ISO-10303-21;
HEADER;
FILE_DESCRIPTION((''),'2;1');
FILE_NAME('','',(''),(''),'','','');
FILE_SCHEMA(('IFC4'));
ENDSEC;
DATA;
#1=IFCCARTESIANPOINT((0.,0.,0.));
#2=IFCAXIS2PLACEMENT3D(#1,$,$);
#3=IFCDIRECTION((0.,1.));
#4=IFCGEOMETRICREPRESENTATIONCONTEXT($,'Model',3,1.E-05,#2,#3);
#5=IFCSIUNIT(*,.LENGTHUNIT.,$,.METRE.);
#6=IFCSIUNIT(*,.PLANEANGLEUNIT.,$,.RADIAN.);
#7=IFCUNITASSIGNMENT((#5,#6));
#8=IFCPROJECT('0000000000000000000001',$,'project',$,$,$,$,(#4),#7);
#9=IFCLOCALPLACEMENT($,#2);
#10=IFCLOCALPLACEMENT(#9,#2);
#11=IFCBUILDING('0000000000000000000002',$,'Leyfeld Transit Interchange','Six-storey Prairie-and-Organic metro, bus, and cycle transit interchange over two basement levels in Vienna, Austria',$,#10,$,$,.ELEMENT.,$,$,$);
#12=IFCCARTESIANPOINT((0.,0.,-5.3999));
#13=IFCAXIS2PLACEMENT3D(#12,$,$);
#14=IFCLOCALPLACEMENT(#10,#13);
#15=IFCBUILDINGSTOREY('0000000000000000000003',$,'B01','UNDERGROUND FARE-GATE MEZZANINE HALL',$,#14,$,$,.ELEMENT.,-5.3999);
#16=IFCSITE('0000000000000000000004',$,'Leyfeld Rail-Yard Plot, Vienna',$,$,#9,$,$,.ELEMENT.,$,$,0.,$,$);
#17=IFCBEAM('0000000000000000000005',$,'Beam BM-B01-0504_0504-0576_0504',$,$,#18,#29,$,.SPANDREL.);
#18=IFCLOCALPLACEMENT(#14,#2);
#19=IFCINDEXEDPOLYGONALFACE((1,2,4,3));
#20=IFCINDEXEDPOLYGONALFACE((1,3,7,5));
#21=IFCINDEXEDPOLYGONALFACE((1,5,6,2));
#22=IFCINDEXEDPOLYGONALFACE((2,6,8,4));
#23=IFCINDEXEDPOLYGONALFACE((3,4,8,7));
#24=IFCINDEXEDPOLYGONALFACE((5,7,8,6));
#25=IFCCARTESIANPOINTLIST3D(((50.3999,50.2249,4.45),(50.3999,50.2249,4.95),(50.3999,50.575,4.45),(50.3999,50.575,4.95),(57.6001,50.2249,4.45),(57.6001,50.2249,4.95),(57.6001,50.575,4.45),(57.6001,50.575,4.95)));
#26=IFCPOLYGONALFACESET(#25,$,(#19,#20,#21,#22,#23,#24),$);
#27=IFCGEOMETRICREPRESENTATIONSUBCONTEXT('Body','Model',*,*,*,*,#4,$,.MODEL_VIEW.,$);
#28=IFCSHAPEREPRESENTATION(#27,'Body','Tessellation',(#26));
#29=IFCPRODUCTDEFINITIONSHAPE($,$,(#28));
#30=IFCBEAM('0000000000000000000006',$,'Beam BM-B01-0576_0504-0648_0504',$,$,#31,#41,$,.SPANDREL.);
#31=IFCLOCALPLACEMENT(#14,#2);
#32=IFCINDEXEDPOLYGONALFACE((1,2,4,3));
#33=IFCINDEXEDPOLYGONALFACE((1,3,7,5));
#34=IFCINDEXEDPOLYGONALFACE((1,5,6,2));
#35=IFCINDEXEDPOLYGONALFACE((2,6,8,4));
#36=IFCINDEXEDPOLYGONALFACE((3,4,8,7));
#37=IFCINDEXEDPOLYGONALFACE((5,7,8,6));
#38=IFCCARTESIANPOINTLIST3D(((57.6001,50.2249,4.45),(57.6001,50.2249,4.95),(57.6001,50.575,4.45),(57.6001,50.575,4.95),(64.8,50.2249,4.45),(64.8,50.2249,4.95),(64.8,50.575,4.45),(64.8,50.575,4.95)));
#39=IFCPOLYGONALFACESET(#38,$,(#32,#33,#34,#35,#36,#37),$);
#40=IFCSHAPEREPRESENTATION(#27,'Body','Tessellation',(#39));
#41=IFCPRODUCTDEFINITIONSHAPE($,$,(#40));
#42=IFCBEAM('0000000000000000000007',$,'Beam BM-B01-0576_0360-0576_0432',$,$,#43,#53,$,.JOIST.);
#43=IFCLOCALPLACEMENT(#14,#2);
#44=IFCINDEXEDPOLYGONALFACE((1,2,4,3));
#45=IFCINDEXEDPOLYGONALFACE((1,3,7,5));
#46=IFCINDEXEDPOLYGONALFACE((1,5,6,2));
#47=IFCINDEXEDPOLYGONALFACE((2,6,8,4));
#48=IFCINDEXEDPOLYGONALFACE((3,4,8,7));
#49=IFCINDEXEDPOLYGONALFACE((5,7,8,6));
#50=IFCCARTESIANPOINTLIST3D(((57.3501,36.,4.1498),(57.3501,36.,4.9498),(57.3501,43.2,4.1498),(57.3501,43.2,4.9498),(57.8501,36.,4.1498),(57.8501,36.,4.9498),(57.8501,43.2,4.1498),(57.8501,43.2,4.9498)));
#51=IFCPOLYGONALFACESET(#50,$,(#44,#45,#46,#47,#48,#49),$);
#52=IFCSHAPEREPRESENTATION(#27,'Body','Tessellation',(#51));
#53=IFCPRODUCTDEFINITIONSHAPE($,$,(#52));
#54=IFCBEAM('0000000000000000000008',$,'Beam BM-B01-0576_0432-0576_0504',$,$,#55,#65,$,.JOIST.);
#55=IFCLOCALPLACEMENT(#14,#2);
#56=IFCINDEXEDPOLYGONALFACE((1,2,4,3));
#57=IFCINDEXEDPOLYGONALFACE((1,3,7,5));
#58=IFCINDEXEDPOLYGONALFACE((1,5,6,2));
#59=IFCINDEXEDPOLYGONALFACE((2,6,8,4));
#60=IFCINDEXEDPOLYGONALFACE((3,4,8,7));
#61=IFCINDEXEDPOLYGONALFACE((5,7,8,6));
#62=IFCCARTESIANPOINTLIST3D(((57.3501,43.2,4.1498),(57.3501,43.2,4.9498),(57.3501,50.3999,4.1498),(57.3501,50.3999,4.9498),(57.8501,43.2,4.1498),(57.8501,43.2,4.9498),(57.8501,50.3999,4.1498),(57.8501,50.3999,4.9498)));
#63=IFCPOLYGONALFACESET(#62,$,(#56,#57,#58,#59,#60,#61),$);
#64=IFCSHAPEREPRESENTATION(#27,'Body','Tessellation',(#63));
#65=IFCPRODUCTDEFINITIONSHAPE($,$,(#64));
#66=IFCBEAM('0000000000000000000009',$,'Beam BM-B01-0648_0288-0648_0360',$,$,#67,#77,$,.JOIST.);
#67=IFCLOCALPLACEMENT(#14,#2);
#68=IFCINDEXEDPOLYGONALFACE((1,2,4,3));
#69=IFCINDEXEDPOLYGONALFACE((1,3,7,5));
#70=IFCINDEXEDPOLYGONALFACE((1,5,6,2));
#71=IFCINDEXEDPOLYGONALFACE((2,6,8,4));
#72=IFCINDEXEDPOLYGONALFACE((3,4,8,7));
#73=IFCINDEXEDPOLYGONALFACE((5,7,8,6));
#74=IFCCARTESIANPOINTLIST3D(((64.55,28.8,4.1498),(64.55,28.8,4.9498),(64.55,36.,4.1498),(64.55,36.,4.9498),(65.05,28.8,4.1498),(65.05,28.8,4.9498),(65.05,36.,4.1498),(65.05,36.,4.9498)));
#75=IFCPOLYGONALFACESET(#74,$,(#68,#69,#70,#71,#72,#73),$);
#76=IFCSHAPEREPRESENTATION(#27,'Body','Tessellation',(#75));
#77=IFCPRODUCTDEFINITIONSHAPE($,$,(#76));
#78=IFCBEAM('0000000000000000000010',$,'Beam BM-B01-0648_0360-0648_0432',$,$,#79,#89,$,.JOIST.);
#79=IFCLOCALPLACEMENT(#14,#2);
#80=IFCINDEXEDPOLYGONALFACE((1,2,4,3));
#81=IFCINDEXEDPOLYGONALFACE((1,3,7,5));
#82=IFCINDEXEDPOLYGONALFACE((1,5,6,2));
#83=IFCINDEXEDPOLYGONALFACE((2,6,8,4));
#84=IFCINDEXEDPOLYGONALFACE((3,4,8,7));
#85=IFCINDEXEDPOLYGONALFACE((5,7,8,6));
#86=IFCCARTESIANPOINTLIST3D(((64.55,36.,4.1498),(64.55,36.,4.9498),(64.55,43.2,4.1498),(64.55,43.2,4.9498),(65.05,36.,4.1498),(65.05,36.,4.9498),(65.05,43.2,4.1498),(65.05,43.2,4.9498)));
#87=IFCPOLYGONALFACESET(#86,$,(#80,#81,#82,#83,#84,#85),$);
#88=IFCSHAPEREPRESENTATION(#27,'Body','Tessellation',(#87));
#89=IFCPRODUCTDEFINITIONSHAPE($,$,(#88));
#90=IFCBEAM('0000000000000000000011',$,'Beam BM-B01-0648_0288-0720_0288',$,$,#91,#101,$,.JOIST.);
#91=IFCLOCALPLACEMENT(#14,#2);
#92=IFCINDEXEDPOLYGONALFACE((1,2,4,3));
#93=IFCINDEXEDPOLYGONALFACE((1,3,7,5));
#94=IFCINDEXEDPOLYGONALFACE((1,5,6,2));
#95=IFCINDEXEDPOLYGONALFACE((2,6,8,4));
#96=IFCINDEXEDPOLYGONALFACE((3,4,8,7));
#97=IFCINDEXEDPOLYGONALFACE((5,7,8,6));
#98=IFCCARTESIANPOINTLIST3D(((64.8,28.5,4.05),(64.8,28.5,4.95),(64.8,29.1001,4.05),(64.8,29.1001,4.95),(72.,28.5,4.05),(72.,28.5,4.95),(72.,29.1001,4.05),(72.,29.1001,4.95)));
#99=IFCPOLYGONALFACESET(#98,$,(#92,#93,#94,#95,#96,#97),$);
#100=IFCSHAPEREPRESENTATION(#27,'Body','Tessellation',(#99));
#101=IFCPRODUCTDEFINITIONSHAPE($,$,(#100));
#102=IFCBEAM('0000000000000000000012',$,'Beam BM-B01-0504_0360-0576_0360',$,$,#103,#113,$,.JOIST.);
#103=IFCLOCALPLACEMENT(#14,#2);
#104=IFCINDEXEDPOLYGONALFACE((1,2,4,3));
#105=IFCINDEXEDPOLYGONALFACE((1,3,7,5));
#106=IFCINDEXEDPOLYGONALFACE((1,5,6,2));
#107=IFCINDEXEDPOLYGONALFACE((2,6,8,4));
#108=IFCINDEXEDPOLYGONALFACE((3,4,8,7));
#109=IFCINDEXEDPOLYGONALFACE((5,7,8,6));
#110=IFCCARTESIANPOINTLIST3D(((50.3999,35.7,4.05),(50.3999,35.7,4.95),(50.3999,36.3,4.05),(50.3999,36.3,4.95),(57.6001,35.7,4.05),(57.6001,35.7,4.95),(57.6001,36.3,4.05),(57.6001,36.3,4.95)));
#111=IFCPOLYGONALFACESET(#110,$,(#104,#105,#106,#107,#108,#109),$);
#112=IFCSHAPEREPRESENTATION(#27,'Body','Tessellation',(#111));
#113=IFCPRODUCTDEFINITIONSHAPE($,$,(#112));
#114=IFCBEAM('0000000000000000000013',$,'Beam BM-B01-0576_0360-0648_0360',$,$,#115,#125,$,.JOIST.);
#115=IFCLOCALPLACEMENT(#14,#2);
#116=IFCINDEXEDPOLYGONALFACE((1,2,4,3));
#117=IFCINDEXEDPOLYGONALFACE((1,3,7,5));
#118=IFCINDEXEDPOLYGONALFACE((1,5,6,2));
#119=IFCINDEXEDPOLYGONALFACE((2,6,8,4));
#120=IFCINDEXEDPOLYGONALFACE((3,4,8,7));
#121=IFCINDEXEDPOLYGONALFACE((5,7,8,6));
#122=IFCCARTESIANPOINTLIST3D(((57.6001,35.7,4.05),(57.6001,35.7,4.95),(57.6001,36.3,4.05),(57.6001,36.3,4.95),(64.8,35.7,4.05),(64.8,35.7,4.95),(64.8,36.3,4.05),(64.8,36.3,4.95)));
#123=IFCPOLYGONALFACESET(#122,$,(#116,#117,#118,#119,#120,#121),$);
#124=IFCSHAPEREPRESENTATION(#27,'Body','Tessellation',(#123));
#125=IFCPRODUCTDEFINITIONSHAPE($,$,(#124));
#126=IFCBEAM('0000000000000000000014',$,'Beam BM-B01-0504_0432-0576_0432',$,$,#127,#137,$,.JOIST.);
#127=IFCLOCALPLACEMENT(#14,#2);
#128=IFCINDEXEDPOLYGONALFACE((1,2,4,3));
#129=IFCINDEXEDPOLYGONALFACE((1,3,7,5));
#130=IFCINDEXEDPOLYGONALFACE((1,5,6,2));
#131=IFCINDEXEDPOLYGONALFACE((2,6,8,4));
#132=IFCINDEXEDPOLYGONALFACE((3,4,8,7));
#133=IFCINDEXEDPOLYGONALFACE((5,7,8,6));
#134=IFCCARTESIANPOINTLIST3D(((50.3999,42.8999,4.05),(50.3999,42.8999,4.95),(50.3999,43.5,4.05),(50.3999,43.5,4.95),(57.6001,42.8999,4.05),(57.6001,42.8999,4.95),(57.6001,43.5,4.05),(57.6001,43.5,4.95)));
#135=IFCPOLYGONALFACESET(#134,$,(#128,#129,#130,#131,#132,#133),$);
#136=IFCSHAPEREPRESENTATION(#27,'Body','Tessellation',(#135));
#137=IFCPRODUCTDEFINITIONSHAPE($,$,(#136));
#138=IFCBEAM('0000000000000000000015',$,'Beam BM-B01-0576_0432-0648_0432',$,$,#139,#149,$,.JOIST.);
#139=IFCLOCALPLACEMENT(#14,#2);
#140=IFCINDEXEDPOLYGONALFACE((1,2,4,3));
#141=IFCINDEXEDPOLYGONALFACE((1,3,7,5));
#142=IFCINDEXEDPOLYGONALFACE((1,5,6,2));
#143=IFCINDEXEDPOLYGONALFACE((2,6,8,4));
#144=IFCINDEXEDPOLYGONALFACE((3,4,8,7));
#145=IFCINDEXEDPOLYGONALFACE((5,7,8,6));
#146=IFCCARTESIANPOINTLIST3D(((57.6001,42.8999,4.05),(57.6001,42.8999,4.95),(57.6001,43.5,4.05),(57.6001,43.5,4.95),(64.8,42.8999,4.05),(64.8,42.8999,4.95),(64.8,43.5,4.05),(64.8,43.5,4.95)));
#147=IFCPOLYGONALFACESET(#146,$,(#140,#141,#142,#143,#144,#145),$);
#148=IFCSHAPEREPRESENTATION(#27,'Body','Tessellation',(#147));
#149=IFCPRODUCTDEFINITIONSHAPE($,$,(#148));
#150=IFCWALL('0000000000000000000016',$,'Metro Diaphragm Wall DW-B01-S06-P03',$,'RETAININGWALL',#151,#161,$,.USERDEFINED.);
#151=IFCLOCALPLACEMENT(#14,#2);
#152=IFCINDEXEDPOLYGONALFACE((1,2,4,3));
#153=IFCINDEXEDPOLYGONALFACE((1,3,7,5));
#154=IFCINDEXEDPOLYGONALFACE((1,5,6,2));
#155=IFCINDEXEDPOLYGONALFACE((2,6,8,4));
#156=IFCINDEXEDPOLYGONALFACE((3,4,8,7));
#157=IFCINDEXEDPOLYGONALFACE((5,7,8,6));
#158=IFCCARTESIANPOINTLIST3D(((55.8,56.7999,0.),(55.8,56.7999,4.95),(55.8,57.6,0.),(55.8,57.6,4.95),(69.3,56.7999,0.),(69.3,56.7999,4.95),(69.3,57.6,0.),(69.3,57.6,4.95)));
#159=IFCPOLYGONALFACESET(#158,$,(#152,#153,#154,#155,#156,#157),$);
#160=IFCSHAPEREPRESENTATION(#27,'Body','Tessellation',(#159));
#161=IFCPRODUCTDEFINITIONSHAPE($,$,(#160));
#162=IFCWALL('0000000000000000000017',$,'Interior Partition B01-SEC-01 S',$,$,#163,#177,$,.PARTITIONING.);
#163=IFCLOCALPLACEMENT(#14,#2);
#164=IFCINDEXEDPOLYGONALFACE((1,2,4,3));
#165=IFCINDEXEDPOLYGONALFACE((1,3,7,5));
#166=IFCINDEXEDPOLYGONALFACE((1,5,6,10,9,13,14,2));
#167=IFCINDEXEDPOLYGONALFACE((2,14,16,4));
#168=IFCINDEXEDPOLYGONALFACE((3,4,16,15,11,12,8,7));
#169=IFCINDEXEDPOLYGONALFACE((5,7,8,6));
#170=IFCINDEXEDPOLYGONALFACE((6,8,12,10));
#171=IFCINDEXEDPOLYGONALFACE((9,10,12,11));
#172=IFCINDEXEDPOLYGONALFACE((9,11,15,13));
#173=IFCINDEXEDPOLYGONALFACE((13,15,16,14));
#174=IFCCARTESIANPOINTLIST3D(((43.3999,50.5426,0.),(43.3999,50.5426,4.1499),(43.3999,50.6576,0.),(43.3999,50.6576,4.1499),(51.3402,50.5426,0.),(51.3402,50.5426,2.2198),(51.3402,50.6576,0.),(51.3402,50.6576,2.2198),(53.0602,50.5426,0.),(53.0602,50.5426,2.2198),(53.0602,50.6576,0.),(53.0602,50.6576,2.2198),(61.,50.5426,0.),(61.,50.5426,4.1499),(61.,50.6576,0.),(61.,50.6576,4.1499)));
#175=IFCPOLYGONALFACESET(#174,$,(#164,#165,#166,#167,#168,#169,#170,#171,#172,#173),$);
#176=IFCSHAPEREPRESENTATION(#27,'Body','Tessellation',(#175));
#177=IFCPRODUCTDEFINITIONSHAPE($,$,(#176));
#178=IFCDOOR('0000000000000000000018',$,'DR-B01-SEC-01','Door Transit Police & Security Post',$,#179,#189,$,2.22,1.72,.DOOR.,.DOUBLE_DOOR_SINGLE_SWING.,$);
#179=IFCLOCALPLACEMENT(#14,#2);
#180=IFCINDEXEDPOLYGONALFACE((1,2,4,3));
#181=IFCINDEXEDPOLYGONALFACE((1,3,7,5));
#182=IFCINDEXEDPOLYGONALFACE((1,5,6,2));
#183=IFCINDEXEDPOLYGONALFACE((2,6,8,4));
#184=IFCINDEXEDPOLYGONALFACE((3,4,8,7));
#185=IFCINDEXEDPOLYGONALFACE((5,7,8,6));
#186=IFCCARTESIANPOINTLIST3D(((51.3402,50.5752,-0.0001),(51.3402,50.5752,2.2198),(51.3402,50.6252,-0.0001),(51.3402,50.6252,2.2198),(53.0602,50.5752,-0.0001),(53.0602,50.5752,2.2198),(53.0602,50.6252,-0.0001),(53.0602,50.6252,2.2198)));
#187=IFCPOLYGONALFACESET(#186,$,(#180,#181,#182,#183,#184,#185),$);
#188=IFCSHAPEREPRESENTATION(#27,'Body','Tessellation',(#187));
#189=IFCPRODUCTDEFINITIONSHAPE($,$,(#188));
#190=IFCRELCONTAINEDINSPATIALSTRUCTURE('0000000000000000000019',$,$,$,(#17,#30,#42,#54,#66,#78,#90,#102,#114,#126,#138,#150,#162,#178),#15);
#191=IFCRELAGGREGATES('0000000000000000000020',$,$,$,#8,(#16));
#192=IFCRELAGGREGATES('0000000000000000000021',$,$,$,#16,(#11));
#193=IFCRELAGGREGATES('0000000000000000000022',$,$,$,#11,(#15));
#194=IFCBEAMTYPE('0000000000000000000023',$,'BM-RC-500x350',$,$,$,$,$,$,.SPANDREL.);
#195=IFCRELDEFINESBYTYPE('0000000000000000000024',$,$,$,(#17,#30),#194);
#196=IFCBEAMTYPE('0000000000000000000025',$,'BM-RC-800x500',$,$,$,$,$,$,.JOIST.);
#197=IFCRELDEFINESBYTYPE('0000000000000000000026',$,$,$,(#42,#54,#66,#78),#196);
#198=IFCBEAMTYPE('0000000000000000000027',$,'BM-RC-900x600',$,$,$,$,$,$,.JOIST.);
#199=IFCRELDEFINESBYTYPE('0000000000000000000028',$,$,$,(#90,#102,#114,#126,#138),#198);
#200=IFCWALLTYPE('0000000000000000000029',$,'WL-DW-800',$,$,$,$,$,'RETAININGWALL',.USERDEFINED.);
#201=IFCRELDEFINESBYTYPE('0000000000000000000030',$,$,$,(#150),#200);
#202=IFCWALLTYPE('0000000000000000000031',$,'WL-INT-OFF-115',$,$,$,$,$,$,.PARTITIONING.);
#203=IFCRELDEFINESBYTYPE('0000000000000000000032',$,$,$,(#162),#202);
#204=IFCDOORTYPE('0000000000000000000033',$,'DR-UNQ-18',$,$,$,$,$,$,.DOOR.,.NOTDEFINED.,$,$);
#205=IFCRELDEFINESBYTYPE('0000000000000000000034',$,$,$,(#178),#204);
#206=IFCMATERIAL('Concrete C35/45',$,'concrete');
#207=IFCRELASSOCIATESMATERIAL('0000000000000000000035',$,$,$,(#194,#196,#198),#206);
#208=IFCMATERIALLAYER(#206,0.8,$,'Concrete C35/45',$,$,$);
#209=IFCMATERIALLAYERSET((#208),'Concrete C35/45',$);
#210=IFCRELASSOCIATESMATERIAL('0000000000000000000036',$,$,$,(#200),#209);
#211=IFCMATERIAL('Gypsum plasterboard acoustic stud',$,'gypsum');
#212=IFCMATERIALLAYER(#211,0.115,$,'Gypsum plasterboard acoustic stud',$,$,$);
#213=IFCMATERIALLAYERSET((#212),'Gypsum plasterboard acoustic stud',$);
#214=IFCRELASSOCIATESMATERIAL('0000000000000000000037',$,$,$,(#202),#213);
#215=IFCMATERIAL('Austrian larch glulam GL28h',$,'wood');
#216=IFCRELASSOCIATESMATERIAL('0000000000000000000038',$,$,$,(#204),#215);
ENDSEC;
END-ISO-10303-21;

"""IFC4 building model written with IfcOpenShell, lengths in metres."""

from ifc_helpers import new_model, si_unit, direction, frame, frame_2d, origin, origin_2d, place, context, subcontext, project, spatial, rectangle, extrude, material, layer, layer_set, material_profile, profile_set, type_object, element, fill, save


model = new_model("IFC4")

# Units and contexts
model_context = context("Model", 3, precision=1e-05, world=origin(), true_north=direction((0.0, 1.0)))
body_context = subcontext(model_context, "Body", "Model", "MODEL_VIEW")
ifc_project = project(units=[si_unit("LENGTHUNIT", "METRE"), si_unit("PLANEANGLEUNIT", "RADIAN")], contexts=[model_context])

# Site, building, storey
site_placement = place(None, origin())
site = spatial("IfcSite", under=ifc_project, at=site_placement, Name="Leyfeld Rail-Yard Plot, Vienna", CompositionType="ELEMENT", RefElevation=0.0)
building_placement = place(site_placement, origin())
building = spatial("IfcBuilding", under=site, at=building_placement, Name="Leyfeld Transit Interchange", Description="Six-storey Prairie-and-Organic metro, bus, and cycle transit interchange over two basement levels in Vienna, Austria", CompositionType="ELEMENT")
storey_placement = place(building_placement, frame((0.0, 0.0, -5.3999)))
storey = spatial("IfcBuildingStorey", under=building, at=storey_placement, Name="B01", Description="UNDERGROUND FARE-GATE MEZZANINE HALL", CompositionType="ELEMENT", Elevation=-5.3999)

# Shared definitions
ifc_material_1 = material(Name="Concrete C35/45", Category="concrete")

# Beams
ifc_material_profile_1 = material_profile(ifc_material_1, rectangle(XDim=0.3501, YDim=0.5, at=origin_2d()), Name="RC 500x350")
ifc_profile_set_1 = profile_set([ifc_material_profile_1], Name="Concrete C35/45")
beam_type_1 = type_object("IfcBeamType", Name="BM-RC-500x350", PredefinedType="SPANDREL", material=ifc_profile_set_1)
beam_1_placement = place(storey_placement, frame((50.3999, 50.3999, 4.7), z_axis=(1.0, 0.0, 0.0), x_axis=(0.0, 1.0, 0.0)))
element("IfcBeam", 1, at=beam_1_placement, inside=storey, type_object=beam_type_1, Name="Beam BM-B01-0504_0504-0576_0504", PredefinedType="SPANDREL", context=body_context, shape_type="SweptSolid", body=[
    extrude(rectangle(XDim=0.3501, YDim=0.5, at=origin_2d()), origin(), (0.0, 0.0, 1.0), 7.2002),
])
beam_2_placement = place(storey_placement, frame((57.6001, 50.3999, 4.7), z_axis=(1.0, 0.0, 0.0), x_axis=(0.0, 1.0, 0.0)))
element("IfcBeam", 2, at=beam_2_placement, inside=storey, type_object=beam_type_1, Name="Beam BM-B01-0576_0504-0648_0504", PredefinedType="SPANDREL", context=body_context, shape_type="SweptSolid", body=[
    extrude(rectangle(XDim=0.3501, YDim=0.5, at=origin_2d()), origin(), (0.0, 0.0, 1.0), 7.2),
])
ifc_material_profile_2 = material_profile(ifc_material_1, rectangle(XDim=0.5, YDim=0.8, at=origin_2d()), Name="RC 800x500")
ifc_profile_set_2 = profile_set([ifc_material_profile_2], Name="Concrete C35/45")
beam_type_2 = type_object("IfcBeamType", Name="BM-RC-800x500", PredefinedType="JOIST", material=ifc_profile_set_2)
for number, where, z_axis, x_axis, name in (
    (3, (57.6001, 36.0, 4.5498), (0.0, 1.0, 0.0), (-1.0, 0.0, 0.0), "Beam BM-B01-0576_0360-0576_0432"),
    (4, (57.6001, 43.2, 4.5498), (0.0, 1.0, 0.0), (-1.0, 0.0, 0.0), "Beam BM-B01-0576_0432-0576_0504"),
    (5, (64.8, 28.8, 4.5498), (0.0, 1.0, 0.0), (-1.0, 0.0, 0.0), "Beam BM-B01-0648_0288-0648_0360"),
    (6, (64.8, 36.0, 4.5498), (0.0, 1.0, 0.0), (-1.0, 0.0, 0.0), "Beam BM-B01-0648_0360-0648_0432"),
):
    element("IfcBeam", number, at=place(storey_placement, frame(where, z_axis=z_axis, x_axis=x_axis)), inside=storey, type_object=beam_type_2, Name=name, PredefinedType="JOIST", context=body_context, shape_type="SweptSolid", body=[
        extrude(rectangle(XDim=0.5, YDim=0.8, at=origin_2d()), origin(), (0.0, 0.0, 1.0), 7.2),
    ])
ifc_material_profile_3 = material_profile(ifc_material_1, rectangle(XDim=0.6001, YDim=0.8999, at=origin_2d()), Name="RC 900x600")
ifc_profile_set_3 = profile_set([ifc_material_profile_3], Name="Concrete C35/45")
beam_type_3 = type_object("IfcBeamType", Name="BM-RC-900x600", PredefinedType="JOIST", material=ifc_profile_set_3)
beam_3_placement = place(storey_placement, frame((64.8, 28.8, 4.5), z_axis=(1.0, 0.0, 0.0), x_axis=(0.0, 1.0, 0.0)))
element("IfcBeam", 7, at=beam_3_placement, inside=storey, type_object=beam_type_3, Name="Beam BM-B01-0648_0288-0720_0288", PredefinedType="JOIST", context=body_context, shape_type="SweptSolid", body=[
    extrude(rectangle(XDim=0.6001, YDim=0.8999, at=origin_2d()), origin(), (0.0, 0.0, 1.0), 7.2),
])
beam_4_placement = place(storey_placement, frame((50.3999, 36.0, 4.5), z_axis=(1.0, 0.0, 0.0), x_axis=(0.0, 1.0, 0.0)))
element("IfcBeam", 8, at=beam_4_placement, inside=storey, type_object=beam_type_3, Name="Beam BM-B01-0504_0360-0576_0360", PredefinedType="JOIST", context=body_context, shape_type="SweptSolid", body=[
    extrude(rectangle(XDim=0.6001, YDim=0.8999, at=origin_2d()), origin(), (0.0, 0.0, 1.0), 7.2002),
])
beam_5_placement = place(storey_placement, frame((57.6001, 36.0, 4.5), z_axis=(1.0, 0.0, 0.0), x_axis=(0.0, 1.0, 0.0)))
element("IfcBeam", 9, at=beam_5_placement, inside=storey, type_object=beam_type_3, Name="Beam BM-B01-0576_0360-0648_0360", PredefinedType="JOIST", context=body_context, shape_type="SweptSolid", body=[
    extrude(rectangle(XDim=0.6001, YDim=0.8999, at=origin_2d()), origin(), (0.0, 0.0, 1.0), 7.2),
])
beam_6_placement = place(storey_placement, frame((50.3999, 43.2, 4.5), z_axis=(1.0, 0.0, 0.0), x_axis=(0.0, 1.0, 0.0)))
element("IfcBeam", 10, at=beam_6_placement, inside=storey, type_object=beam_type_3, Name="Beam BM-B01-0504_0432-0576_0432", PredefinedType="JOIST", context=body_context, shape_type="SweptSolid", body=[
    extrude(rectangle(XDim=0.6001, YDim=0.8999, at=origin_2d()), origin(), (0.0, 0.0, 1.0), 7.2002),
])
beam_7_placement = place(storey_placement, frame((57.6001, 43.2, 4.5), z_axis=(1.0, 0.0, 0.0), x_axis=(0.0, 1.0, 0.0)))
element("IfcBeam", 11, at=beam_7_placement, inside=storey, type_object=beam_type_3, Name="Beam BM-B01-0576_0432-0648_0432", PredefinedType="JOIST", context=body_context, shape_type="SweptSolid", body=[
    extrude(rectangle(XDim=0.6001, YDim=0.8999, at=origin_2d()), origin(), (0.0, 0.0, 1.0), 7.2),
])

# Wall
ifc_layer_1 = layer(ifc_material_1, 0.8, Name="Concrete C35/45")
ifc_layer_set_1 = layer_set([ifc_layer_1], Name="Concrete C35/45")
wall_type_1 = type_object("IfcWallType", Name="WL-DW-800", ElementType="RETAININGWALL", PredefinedType="USERDEFINED", material=ifc_layer_set_1)
wall_1_placement = place(storey_placement, frame((55.8, 57.2, 0.0), z_axis=(0.0, 0.0, 1.0), x_axis=(1.0, 0.0, 0.0)))
element("IfcWall", 12, at=wall_1_placement, inside=storey, type_object=wall_type_1, Name="Metro Diaphragm Wall DW-B01-S06-P03", ObjectType="RETAININGWALL", PredefinedType="USERDEFINED", context=body_context, shape_type="SweptSolid", body=[
    extrude(rectangle(XDim=13.5, YDim=0.8, at=frame_2d((6.75, 0.0))), origin(), (0.0, 0.0, 1.0), 4.95),
])

# Wall, opening, door
ifc_material_2 = material(Name="Gypsum plasterboard acoustic stud", Category="gypsum")
ifc_layer_2 = layer(ifc_material_2, 0.115, Name="Gypsum plasterboard acoustic stud")
ifc_layer_set_2 = layer_set([ifc_layer_2], Name="Gypsum plasterboard acoustic stud")
wall_type_2 = type_object("IfcWallType", Name="WL-INT-OFF-115", PredefinedType="PARTITIONING", material=ifc_layer_set_2)
wall_2_placement = place(storey_placement, frame((61.0, 50.6001, 0.0), z_axis=(0.0, 0.0, 1.0), x_axis=(-1.0, 0.0, 0.0)))
wall_2 = element("IfcWall", 13, at=wall_2_placement, inside=storey, type_object=wall_type_2, Name="Interior Partition B01-SEC-01 S", PredefinedType="PARTITIONING", context=body_context, shape_type="SweptSolid", body=[
    extrude(rectangle(XDim=17.6001, YDim=0.115, at=frame_2d((8.8, 0.0))), origin(), (0.0, 0.0, 1.0), 4.1499),
])
opening_placement = place(wall_2_placement, frame((7.9399, 0.0, 0.0)))
opening = element("IfcOpeningElement", 14, at=opening_placement, cuts=wall_2, PredefinedType="OPENING", context=body_context, shape_type="SweptSolid", body=[
    extrude(rectangle(XDim=1.72, YDim=2.22, at=frame_2d((0.8599, 1.1099))), frame((0.0, 0.0674, 0.0), z_axis=(0.0, -1.0, 0.0), x_axis=(1.0, 0.0, 0.0)), (0.0, 0.0, 1.0), 0.135),
])
ifc_material_3 = material(Name="Austrian larch glulam GL28h", Category="wood")
door_type = type_object("IfcDoorType", Name="DR-UNQ-18", OperationType="NOTDEFINED", PredefinedType="DOOR", material=ifc_material_3)
door_placement = place(opening_placement, origin())
door = element("IfcDoor", 15, at=door_placement, inside=storey, type_object=door_type, Name="DR-B01-SEC-01", Description="Door Transit Police & Security Post", OperationType="DOUBLE_DOOR_SINGLE_SWING", OverallHeight=2.22, OverallWidth=1.72, PredefinedType="DOOR", context=body_context, shape_type="SweptSolid", body=[
    extrude(rectangle(XDim=1.72, YDim=2.22, at=frame_2d((0.8599, 1.1099))), frame((0.0, 0.0249, 0.0), z_axis=(0.0, -1.0, 0.0), x_axis=(1.0, 0.0, 0.0)), (0.0, 0.0, 1.0), 0.05),
])
fill(opening, door)

save(model, "model.ifc")
